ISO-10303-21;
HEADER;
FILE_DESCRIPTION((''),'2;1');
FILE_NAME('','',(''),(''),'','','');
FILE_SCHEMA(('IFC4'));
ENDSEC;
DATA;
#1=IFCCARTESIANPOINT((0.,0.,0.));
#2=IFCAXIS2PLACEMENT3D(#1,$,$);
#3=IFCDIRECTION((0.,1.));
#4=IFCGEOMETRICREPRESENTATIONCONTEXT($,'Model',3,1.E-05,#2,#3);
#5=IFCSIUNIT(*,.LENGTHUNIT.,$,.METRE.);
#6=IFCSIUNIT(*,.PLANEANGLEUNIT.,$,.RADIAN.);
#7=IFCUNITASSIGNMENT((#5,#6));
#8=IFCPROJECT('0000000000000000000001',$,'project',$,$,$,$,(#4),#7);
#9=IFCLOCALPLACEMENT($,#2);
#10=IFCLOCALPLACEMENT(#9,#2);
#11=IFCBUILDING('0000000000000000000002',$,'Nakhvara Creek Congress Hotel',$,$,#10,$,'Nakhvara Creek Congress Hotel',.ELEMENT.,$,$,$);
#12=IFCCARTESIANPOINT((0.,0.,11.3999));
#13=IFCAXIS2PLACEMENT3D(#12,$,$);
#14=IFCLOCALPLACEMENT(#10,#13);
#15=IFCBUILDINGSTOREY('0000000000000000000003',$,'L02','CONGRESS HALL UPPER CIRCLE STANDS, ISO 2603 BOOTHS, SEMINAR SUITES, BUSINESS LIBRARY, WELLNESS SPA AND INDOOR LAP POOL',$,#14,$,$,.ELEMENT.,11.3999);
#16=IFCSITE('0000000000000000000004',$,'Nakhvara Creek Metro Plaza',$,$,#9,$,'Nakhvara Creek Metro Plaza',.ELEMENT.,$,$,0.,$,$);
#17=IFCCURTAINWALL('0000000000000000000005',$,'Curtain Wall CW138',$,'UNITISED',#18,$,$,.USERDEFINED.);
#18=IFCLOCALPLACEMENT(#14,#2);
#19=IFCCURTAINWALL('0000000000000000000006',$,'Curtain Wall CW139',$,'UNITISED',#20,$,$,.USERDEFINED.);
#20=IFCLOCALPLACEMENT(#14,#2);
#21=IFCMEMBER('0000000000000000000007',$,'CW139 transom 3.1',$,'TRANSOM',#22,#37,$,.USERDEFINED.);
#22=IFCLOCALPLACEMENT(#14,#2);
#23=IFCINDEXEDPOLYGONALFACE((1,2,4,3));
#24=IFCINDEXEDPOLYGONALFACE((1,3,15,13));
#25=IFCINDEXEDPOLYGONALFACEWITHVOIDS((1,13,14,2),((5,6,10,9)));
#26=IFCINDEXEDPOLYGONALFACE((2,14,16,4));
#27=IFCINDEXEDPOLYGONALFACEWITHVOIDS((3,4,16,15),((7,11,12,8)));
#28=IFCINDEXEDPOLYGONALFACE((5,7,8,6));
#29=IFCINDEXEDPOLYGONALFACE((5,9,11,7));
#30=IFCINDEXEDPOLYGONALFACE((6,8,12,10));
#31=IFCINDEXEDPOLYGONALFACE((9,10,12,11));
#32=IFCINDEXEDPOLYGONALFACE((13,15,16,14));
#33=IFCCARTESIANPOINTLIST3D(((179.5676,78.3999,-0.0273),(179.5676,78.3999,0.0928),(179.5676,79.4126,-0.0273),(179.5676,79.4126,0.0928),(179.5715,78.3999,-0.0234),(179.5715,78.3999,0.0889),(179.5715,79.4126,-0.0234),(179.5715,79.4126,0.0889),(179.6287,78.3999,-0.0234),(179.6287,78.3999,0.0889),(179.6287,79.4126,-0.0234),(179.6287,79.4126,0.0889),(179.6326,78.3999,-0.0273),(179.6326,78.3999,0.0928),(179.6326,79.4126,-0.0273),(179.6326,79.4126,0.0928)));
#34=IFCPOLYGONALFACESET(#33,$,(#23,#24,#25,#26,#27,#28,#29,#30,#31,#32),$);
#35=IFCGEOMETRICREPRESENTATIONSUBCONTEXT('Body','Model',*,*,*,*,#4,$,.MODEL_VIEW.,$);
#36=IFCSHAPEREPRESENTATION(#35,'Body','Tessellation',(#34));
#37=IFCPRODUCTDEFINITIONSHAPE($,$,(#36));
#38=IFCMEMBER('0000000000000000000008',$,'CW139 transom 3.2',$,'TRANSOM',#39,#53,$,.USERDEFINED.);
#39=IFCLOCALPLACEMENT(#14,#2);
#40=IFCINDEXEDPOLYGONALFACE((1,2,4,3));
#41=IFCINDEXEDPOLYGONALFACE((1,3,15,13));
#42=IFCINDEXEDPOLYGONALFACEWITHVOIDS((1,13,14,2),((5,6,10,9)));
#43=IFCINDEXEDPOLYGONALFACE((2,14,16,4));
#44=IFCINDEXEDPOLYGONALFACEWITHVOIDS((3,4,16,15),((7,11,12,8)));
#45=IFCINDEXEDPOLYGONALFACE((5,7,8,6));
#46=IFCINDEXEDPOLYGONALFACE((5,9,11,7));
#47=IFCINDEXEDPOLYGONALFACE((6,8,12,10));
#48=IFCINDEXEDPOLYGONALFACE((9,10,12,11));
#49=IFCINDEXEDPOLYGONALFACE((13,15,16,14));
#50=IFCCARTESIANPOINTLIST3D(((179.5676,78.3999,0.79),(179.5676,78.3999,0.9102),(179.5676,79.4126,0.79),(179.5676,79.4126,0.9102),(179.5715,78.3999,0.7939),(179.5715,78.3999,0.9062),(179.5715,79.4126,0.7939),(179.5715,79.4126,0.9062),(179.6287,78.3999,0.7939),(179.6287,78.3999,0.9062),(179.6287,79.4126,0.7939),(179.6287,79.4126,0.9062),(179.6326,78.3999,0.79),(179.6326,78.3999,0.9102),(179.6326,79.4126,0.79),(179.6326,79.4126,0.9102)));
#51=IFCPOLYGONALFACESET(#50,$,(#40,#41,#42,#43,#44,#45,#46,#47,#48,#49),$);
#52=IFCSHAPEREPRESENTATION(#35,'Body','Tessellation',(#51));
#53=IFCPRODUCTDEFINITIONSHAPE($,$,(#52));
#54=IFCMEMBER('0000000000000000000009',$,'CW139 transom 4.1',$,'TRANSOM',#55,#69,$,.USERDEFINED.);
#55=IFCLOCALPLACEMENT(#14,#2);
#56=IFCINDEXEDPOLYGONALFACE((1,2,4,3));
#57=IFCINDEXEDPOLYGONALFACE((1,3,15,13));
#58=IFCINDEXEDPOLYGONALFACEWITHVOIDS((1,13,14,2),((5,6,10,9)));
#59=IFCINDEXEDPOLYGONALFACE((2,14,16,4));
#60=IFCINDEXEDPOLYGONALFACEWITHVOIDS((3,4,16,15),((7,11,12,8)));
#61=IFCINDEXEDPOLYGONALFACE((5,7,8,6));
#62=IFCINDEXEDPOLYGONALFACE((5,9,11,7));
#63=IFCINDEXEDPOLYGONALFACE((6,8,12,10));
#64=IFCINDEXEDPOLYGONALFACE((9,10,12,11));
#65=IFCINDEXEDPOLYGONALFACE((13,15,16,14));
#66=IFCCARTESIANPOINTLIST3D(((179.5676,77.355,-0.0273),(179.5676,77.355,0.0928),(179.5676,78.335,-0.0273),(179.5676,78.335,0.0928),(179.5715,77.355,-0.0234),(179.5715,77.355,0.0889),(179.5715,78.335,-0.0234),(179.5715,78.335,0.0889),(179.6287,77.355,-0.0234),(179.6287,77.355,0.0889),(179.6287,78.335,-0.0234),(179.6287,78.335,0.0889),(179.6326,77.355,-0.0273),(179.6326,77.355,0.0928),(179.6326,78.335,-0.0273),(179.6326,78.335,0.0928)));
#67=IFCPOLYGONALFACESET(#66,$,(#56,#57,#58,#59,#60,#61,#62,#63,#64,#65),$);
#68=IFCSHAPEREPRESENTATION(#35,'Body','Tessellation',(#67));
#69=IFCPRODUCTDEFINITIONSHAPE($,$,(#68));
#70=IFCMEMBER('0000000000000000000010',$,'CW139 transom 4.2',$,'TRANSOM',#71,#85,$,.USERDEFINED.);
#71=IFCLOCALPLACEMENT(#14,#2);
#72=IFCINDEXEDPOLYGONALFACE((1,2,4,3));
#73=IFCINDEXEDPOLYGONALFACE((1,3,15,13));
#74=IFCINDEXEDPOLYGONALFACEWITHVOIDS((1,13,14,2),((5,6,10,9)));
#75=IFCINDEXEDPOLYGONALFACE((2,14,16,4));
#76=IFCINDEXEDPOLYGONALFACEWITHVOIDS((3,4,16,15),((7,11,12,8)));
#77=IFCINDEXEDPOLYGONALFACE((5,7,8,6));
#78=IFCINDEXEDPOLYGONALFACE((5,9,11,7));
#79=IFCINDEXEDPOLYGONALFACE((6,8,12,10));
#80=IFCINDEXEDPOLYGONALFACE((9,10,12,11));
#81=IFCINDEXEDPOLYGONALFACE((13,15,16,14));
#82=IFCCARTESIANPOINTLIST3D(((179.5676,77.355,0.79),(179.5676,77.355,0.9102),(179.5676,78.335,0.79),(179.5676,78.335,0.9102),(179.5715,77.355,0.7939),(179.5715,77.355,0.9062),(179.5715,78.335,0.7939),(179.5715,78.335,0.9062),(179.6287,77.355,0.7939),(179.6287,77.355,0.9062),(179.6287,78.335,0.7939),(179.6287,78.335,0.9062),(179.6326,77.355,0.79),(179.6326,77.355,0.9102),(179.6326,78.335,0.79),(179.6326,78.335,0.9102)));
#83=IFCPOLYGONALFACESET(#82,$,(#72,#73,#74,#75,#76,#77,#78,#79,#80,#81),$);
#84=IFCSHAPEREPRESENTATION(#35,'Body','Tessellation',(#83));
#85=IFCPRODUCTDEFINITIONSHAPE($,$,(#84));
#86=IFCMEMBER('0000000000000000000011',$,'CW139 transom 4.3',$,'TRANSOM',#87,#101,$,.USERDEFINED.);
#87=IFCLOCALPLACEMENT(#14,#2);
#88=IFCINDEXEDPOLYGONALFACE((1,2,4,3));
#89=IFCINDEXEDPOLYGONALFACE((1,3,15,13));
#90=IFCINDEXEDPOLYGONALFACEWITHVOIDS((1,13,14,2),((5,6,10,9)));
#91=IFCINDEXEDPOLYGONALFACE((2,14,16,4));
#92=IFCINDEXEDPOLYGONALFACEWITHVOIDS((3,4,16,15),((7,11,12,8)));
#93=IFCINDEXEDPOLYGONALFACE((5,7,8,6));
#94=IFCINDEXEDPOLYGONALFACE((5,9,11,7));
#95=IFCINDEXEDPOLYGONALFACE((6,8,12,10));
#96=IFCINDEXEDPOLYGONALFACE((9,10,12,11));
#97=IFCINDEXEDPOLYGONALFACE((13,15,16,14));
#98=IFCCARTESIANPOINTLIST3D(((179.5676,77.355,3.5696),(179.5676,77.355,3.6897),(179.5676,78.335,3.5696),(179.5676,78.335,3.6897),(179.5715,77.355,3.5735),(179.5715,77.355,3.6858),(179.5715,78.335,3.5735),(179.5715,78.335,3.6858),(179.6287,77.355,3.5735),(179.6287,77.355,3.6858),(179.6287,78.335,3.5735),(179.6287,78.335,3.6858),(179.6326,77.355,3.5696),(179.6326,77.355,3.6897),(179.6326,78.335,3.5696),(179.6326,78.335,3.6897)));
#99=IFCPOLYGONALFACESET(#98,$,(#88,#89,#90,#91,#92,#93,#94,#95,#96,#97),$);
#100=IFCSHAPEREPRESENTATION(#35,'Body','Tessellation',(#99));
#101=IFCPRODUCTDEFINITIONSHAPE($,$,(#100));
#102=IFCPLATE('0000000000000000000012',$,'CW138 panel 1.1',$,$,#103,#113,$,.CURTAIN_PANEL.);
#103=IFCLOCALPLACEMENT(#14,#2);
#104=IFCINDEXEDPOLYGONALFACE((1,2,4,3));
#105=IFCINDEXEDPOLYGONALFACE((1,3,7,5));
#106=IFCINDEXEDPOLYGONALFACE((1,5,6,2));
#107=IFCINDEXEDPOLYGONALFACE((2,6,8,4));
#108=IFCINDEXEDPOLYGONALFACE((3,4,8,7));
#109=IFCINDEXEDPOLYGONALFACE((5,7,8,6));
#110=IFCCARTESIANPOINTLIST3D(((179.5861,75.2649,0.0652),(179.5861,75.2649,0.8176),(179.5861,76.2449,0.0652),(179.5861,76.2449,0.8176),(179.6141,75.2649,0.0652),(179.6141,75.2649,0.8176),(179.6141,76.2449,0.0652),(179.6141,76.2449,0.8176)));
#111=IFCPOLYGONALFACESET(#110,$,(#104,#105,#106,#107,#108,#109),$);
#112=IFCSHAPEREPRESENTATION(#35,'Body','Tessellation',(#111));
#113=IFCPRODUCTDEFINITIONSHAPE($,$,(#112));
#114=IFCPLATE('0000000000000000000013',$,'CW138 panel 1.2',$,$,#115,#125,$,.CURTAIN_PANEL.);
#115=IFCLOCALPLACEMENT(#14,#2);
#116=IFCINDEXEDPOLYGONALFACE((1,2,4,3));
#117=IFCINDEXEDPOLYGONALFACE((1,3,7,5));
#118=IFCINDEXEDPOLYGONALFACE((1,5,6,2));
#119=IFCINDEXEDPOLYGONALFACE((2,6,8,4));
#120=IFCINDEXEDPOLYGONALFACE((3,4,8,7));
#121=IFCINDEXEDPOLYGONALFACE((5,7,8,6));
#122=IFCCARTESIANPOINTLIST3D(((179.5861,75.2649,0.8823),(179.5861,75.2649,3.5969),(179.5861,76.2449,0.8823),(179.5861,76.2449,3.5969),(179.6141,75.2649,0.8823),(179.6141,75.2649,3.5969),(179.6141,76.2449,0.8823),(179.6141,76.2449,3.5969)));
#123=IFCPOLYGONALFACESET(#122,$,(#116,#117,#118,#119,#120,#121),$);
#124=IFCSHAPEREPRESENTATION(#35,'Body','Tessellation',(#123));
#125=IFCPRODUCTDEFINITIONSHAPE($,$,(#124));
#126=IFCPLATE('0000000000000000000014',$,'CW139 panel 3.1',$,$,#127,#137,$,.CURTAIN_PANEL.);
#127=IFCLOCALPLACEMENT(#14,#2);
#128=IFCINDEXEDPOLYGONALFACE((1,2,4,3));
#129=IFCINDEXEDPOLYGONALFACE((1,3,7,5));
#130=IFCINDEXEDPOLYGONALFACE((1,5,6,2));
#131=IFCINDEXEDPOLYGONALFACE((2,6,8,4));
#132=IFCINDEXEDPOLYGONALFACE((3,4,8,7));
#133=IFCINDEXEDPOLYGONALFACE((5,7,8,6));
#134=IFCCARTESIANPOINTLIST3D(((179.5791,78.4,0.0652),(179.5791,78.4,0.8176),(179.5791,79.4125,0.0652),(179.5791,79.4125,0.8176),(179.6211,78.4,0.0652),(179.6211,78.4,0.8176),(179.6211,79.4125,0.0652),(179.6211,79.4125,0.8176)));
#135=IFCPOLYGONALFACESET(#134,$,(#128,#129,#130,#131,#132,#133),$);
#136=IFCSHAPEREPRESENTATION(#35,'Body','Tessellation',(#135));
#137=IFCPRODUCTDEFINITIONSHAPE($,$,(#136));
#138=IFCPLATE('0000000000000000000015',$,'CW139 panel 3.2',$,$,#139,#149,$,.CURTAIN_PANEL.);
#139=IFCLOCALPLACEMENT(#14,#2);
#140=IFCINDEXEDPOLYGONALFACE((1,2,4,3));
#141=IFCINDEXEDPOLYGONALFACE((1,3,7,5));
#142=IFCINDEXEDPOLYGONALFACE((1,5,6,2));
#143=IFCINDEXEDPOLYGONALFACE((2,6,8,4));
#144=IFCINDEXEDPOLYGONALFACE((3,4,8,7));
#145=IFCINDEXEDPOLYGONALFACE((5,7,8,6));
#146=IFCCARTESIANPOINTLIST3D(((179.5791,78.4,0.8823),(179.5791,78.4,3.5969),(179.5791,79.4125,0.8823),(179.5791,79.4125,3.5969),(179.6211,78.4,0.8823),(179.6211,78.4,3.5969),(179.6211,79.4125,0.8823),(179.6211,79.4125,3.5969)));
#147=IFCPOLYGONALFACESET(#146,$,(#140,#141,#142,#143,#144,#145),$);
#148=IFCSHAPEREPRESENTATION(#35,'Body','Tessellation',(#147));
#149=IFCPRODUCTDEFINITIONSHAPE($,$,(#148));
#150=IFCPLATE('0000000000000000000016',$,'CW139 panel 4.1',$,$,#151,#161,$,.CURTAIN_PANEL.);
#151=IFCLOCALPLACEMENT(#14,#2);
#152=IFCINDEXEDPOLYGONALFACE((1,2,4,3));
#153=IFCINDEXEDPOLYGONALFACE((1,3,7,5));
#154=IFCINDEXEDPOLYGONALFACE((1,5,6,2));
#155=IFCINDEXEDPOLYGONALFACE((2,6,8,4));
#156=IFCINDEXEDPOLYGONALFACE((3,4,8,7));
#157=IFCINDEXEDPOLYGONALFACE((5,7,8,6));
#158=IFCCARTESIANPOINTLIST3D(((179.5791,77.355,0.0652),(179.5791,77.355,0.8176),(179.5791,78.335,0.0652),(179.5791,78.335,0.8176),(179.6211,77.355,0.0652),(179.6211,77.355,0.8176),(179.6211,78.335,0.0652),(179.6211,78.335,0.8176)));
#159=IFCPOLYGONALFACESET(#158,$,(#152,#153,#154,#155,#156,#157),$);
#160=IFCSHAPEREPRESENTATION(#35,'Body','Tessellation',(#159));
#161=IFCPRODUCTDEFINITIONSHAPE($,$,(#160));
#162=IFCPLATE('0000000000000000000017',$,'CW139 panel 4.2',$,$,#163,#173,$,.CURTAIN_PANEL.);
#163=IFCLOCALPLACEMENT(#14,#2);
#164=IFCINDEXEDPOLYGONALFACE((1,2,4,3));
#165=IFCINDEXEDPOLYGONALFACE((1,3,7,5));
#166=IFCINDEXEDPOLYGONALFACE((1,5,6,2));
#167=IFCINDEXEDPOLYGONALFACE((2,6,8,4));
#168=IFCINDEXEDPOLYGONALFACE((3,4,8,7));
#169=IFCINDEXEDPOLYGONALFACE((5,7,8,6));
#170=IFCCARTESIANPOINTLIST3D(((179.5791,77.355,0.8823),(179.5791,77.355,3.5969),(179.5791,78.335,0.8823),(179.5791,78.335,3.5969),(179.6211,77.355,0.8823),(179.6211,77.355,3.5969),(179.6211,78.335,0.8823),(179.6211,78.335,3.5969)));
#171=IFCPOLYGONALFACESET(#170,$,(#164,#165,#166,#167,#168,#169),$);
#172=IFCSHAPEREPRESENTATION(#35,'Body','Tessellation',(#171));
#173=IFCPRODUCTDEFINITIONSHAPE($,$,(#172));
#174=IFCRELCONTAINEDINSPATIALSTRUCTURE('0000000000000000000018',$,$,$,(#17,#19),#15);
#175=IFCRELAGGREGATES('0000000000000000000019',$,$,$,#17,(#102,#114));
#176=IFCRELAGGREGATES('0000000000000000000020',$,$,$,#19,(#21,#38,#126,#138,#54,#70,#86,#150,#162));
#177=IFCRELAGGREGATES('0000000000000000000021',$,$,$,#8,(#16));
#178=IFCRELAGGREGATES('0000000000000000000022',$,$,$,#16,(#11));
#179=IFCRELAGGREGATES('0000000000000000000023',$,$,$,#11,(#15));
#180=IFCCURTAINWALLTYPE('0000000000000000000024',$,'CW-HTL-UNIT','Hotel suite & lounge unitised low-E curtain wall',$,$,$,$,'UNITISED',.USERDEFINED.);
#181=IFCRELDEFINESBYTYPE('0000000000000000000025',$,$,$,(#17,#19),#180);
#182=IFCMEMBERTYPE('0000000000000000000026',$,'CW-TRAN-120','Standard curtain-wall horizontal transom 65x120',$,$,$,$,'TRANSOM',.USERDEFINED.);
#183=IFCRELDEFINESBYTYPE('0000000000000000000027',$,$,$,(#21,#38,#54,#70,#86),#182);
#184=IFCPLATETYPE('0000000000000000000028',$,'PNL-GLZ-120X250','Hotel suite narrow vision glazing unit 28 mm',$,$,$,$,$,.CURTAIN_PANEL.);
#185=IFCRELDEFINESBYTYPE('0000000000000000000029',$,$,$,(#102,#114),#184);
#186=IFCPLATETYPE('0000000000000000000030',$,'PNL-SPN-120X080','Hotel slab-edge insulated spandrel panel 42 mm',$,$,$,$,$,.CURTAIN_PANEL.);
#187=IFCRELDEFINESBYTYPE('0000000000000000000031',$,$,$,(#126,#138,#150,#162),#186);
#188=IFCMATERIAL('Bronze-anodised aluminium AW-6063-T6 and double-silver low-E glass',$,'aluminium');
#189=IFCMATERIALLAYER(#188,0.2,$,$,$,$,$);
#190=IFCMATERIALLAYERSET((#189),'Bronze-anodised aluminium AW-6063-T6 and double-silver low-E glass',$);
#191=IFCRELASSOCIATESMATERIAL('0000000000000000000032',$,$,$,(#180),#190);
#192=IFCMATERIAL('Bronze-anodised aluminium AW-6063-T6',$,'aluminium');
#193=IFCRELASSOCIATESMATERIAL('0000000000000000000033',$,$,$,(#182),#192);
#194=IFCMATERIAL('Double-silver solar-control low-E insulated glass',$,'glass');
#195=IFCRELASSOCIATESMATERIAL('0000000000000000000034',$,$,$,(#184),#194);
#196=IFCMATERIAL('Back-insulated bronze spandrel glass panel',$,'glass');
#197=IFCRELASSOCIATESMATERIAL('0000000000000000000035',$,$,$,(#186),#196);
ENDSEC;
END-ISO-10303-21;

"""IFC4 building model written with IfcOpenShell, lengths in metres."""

from ifc_helpers import new_model, si_unit, direction, frame, origin, origin_2d, place, context, subcontext, project, spatial, rectangle, hollow_rectangle, extrude, material, layer, layer_set, material_profile, profile_set, type_object, element, aggregate, save


model = new_model("IFC4")

# Units and contexts
model_context = context("Model", 3, precision=1e-05, world=origin(), true_north=direction((0.0, 1.0)))
body_context = subcontext(model_context, "Body", "Model", "MODEL_VIEW")
ifc_project = project(units=[si_unit("LENGTHUNIT", "METRE"), si_unit("PLANEANGLEUNIT", "RADIAN")], contexts=[model_context])

# Site, building, storey
site_placement = place(None, origin())
site = spatial("IfcSite", under=ifc_project, at=site_placement, Name="Nakhvara Creek Metro Plaza", LongName="Nakhvara Creek Metro Plaza", CompositionType="ELEMENT", RefElevation=0.0)
building_placement = place(site_placement, origin())
building = spatial("IfcBuilding", under=site, at=building_placement, Name="Nakhvara Creek Congress Hotel", LongName="Nakhvara Creek Congress Hotel", CompositionType="ELEMENT")
storey_placement = place(building_placement, frame((0.0, 0.0, 11.3999)))
storey = spatial("IfcBuildingStorey", under=building, at=storey_placement, Name="L02", Description="CONGRESS HALL UPPER CIRCLE STANDS, ISO 2603 BOOTHS, SEMINAR SUITES, BUSINESS LIBRARY, WELLNESS SPA AND INDOOR LAP POOL", CompositionType="ELEMENT", Elevation=11.3999)

# Curtain walls
ifc_material_1 = material(Name="Bronze-anodised aluminium AW-6063-T6 and double-silver low-E glass", Category="aluminium")
ifc_layer_1 = layer(ifc_material_1, 0.2)
ifc_layer_set_1 = layer_set([ifc_layer_1], Name="Bronze-anodised aluminium AW-6063-T6 and double-silver low-E glass")
curtain_wall_type = type_object("IfcCurtainWallType", Name="CW-HTL-UNIT", Description="Hotel suite & lounge unitised low-E curtain wall", ElementType="UNITISED", PredefinedType="USERDEFINED", material=ifc_layer_set_1)
curtain_wall_1_placement = place(storey_placement, origin())
curtain_wall_1 = element("IfcCurtainWall", 1, at=curtain_wall_1_placement, inside=storey, type_object=curtain_wall_type, Name="Curtain Wall CW138", ObjectType="UNITISED", PredefinedType="USERDEFINED")
ifc_material_2 = material(Name="Bronze-anodised aluminium AW-6063-T6", Category="aluminium")
curtain_wall_2_placement = place(storey_placement, origin())
curtain_wall_2 = element("IfcCurtainWall", 2, at=curtain_wall_2_placement, inside=storey, type_object=curtain_wall_type, Name="Curtain Wall CW139", ObjectType="UNITISED", PredefinedType="USERDEFINED")

# Members
ifc_material_profile_1 = material_profile(ifc_material_2, hollow_rectangle(XDim=0.0649, YDim=0.1201, WallThickness=0.0039, at=origin_2d()), Name="ALU-TRAN 65x120x4", Category="LoadBearing")
ifc_profile_set_1 = profile_set([ifc_material_profile_1], Name="Bronze-anodised aluminium AW-6063-T6")
member_type_1 = type_object("IfcMemberType", Name="CW-TRAN-120", Description="Standard curtain-wall horizontal transom 65x120", ElementType="TRANSOM", PredefinedType="USERDEFINED", material=ifc_profile_set_1)
member_1_placement = place(storey_placement, frame((179.6001, 79.4126, 0.0327), z_axis=(0.0, -1.0, 0.0), x_axis=(1.0, 0.0, 0.0)))
member_1 = element("IfcMember", 3, at=member_1_placement, type_object=member_type_1, Name="CW139 transom 3.1", ObjectType="TRANSOM", PredefinedType="USERDEFINED", context=body_context, shape_type="SweptSolid", body=[
    extrude(hollow_rectangle(XDim=0.0649, YDim=0.1201, WallThickness=0.0039, at=origin_2d()), origin(), (0.0, 0.0, 1.0), 1.0127),
])
member_2_placement = place(storey_placement, frame((179.6001, 79.4126, 0.8501), z_axis=(0.0, -1.0, 0.0), x_axis=(1.0, 0.0, 0.0)))
member_2 = element("IfcMember", 4, at=member_2_placement, type_object=member_type_1, Name="CW139 transom 3.2", ObjectType="TRANSOM", PredefinedType="USERDEFINED", context=body_context, shape_type="SweptSolid", body=[
    extrude(hollow_rectangle(XDim=0.0649, YDim=0.1201, WallThickness=0.0039, at=origin_2d()), origin(), (0.0, 0.0, 1.0), 1.0127),
])
member_3_placement = place(storey_placement, frame((179.6001, 78.335, 0.0327), z_axis=(0.0, -1.0, 0.0), x_axis=(1.0, 0.0, 0.0)))
member_3 = element("IfcMember", 5, at=member_3_placement, type_object=member_type_1, Name="CW139 transom 4.1", ObjectType="TRANSOM", PredefinedType="USERDEFINED", context=body_context, shape_type="SweptSolid", body=[
    extrude(hollow_rectangle(XDim=0.0649, YDim=0.1201, WallThickness=0.0039, at=origin_2d()), origin(), (0.0, 0.0, 1.0), 0.98),
])
member_4_placement = place(storey_placement, frame((179.6001, 78.335, 0.8501), z_axis=(0.0, -1.0, 0.0), x_axis=(1.0, 0.0, 0.0)))
member_4 = element("IfcMember", 6, at=member_4_placement, type_object=member_type_1, Name="CW139 transom 4.2", ObjectType="TRANSOM", PredefinedType="USERDEFINED", context=body_context, shape_type="SweptSolid", body=[
    extrude(hollow_rectangle(XDim=0.0649, YDim=0.1201, WallThickness=0.0039, at=origin_2d()), origin(), (0.0, 0.0, 1.0), 0.98),
])
member_5_placement = place(storey_placement, frame((179.6001, 78.335, 3.6296), z_axis=(0.0, -1.0, 0.0), x_axis=(1.0, 0.0, 0.0)))
member_5 = element("IfcMember", 7, at=member_5_placement, type_object=member_type_1, Name="CW139 transom 4.3", ObjectType="TRANSOM", PredefinedType="USERDEFINED", context=body_context, shape_type="SweptSolid", body=[
    extrude(hollow_rectangle(XDim=0.0649, YDim=0.1201, WallThickness=0.0039, at=origin_2d()), origin(), (0.0, 0.0, 1.0), 0.98),
])

# Plates
ifc_material_3 = material(Name="Double-silver solar-control low-E insulated glass", Category="glass")
plate_type_1 = type_object("IfcPlateType", Name="PNL-GLZ-120X250", Description="Hotel suite narrow vision glazing unit 28 mm", PredefinedType="CURTAIN_PANEL", material=ifc_material_3)
plate_1_placement = place(storey_placement, frame((179.6001, 75.7549, 0.0652), z_axis=(0.0, 0.0, 1.0), x_axis=(0.0, -1.0, 0.0)))
plate_1 = element("IfcPlate", 8, at=plate_1_placement, type_object=plate_type_1, Name="CW138 panel 1.1", PredefinedType="CURTAIN_PANEL", context=body_context, shape_type="SweptSolid", body=[
    extrude(rectangle(XDim=0.98, YDim=0.0281, at=origin_2d()), origin(), (0.0, 0.0, 1.0), 0.7524),
])
plate_2_placement = place(storey_placement, frame((179.6001, 75.7549, 0.8823), z_axis=(0.0, 0.0, 1.0), x_axis=(0.0, -1.0, 0.0)))
plate_2 = element("IfcPlate", 9, at=plate_2_placement, type_object=plate_type_1, Name="CW138 panel 1.2", PredefinedType="CURTAIN_PANEL", context=body_context, shape_type="SweptSolid", body=[
    extrude(rectangle(XDim=0.98, YDim=0.0281, at=origin_2d()), origin(), (0.0, 0.0, 1.0), 2.7146),
])
aggregate(curtain_wall_1, [plate_1, plate_2])
ifc_material_4 = material(Name="Back-insulated bronze spandrel glass panel", Category="glass")
plate_type_2 = type_object("IfcPlateType", Name="PNL-SPN-120X080", Description="Hotel slab-edge insulated spandrel panel 42 mm", PredefinedType="CURTAIN_PANEL", material=ifc_material_4)
plate_3_placement = place(storey_placement, frame((179.6001, 78.9062, 0.0652), z_axis=(0.0, 0.0, 1.0), x_axis=(0.0, -1.0, 0.0)))
plate_3 = element("IfcPlate", 10, at=plate_3_placement, type_object=plate_type_2, Name="CW139 panel 3.1", PredefinedType="CURTAIN_PANEL", context=body_context, shape_type="SweptSolid", body=[
    extrude(rectangle(XDim=1.0125, YDim=0.042, at=origin_2d()), origin(), (0.0, 0.0, 1.0), 0.7524),
])
plate_4_placement = place(storey_placement, frame((179.6001, 78.9062, 0.8823), z_axis=(0.0, 0.0, 1.0), x_axis=(0.0, -1.0, 0.0)))
plate_4 = element("IfcPlate", 11, at=plate_4_placement, type_object=plate_type_2, Name="CW139 panel 3.2", PredefinedType="CURTAIN_PANEL", context=body_context, shape_type="SweptSolid", body=[
    extrude(rectangle(XDim=1.0125, YDim=0.042, at=origin_2d()), origin(), (0.0, 0.0, 1.0), 2.7146),
])
plate_5_placement = place(storey_placement, frame((179.6001, 77.845, 0.0652), z_axis=(0.0, 0.0, 1.0), x_axis=(0.0, -1.0, 0.0)))
plate_5 = element("IfcPlate", 12, at=plate_5_placement, type_object=plate_type_2, Name="CW139 panel 4.1", PredefinedType="CURTAIN_PANEL", context=body_context, shape_type="SweptSolid", body=[
    extrude(rectangle(XDim=0.98, YDim=0.042, at=origin_2d()), origin(), (0.0, 0.0, 1.0), 0.7524),
])
plate_6_placement = place(storey_placement, frame((179.6001, 77.845, 0.8823), z_axis=(0.0, 0.0, 1.0), x_axis=(0.0, -1.0, 0.0)))
plate_6 = element("IfcPlate", 13, at=plate_6_placement, type_object=plate_type_2, Name="CW139 panel 4.2", PredefinedType="CURTAIN_PANEL", context=body_context, shape_type="SweptSolid", body=[
    extrude(rectangle(XDim=0.98, YDim=0.042, at=origin_2d()), origin(), (0.0, 0.0, 1.0), 2.7146),
])
aggregate(curtain_wall_2, [member_1, member_2, plate_3, plate_4, member_3, member_4, member_5, plate_5, plate_6])

save(model, "model.ifc")
